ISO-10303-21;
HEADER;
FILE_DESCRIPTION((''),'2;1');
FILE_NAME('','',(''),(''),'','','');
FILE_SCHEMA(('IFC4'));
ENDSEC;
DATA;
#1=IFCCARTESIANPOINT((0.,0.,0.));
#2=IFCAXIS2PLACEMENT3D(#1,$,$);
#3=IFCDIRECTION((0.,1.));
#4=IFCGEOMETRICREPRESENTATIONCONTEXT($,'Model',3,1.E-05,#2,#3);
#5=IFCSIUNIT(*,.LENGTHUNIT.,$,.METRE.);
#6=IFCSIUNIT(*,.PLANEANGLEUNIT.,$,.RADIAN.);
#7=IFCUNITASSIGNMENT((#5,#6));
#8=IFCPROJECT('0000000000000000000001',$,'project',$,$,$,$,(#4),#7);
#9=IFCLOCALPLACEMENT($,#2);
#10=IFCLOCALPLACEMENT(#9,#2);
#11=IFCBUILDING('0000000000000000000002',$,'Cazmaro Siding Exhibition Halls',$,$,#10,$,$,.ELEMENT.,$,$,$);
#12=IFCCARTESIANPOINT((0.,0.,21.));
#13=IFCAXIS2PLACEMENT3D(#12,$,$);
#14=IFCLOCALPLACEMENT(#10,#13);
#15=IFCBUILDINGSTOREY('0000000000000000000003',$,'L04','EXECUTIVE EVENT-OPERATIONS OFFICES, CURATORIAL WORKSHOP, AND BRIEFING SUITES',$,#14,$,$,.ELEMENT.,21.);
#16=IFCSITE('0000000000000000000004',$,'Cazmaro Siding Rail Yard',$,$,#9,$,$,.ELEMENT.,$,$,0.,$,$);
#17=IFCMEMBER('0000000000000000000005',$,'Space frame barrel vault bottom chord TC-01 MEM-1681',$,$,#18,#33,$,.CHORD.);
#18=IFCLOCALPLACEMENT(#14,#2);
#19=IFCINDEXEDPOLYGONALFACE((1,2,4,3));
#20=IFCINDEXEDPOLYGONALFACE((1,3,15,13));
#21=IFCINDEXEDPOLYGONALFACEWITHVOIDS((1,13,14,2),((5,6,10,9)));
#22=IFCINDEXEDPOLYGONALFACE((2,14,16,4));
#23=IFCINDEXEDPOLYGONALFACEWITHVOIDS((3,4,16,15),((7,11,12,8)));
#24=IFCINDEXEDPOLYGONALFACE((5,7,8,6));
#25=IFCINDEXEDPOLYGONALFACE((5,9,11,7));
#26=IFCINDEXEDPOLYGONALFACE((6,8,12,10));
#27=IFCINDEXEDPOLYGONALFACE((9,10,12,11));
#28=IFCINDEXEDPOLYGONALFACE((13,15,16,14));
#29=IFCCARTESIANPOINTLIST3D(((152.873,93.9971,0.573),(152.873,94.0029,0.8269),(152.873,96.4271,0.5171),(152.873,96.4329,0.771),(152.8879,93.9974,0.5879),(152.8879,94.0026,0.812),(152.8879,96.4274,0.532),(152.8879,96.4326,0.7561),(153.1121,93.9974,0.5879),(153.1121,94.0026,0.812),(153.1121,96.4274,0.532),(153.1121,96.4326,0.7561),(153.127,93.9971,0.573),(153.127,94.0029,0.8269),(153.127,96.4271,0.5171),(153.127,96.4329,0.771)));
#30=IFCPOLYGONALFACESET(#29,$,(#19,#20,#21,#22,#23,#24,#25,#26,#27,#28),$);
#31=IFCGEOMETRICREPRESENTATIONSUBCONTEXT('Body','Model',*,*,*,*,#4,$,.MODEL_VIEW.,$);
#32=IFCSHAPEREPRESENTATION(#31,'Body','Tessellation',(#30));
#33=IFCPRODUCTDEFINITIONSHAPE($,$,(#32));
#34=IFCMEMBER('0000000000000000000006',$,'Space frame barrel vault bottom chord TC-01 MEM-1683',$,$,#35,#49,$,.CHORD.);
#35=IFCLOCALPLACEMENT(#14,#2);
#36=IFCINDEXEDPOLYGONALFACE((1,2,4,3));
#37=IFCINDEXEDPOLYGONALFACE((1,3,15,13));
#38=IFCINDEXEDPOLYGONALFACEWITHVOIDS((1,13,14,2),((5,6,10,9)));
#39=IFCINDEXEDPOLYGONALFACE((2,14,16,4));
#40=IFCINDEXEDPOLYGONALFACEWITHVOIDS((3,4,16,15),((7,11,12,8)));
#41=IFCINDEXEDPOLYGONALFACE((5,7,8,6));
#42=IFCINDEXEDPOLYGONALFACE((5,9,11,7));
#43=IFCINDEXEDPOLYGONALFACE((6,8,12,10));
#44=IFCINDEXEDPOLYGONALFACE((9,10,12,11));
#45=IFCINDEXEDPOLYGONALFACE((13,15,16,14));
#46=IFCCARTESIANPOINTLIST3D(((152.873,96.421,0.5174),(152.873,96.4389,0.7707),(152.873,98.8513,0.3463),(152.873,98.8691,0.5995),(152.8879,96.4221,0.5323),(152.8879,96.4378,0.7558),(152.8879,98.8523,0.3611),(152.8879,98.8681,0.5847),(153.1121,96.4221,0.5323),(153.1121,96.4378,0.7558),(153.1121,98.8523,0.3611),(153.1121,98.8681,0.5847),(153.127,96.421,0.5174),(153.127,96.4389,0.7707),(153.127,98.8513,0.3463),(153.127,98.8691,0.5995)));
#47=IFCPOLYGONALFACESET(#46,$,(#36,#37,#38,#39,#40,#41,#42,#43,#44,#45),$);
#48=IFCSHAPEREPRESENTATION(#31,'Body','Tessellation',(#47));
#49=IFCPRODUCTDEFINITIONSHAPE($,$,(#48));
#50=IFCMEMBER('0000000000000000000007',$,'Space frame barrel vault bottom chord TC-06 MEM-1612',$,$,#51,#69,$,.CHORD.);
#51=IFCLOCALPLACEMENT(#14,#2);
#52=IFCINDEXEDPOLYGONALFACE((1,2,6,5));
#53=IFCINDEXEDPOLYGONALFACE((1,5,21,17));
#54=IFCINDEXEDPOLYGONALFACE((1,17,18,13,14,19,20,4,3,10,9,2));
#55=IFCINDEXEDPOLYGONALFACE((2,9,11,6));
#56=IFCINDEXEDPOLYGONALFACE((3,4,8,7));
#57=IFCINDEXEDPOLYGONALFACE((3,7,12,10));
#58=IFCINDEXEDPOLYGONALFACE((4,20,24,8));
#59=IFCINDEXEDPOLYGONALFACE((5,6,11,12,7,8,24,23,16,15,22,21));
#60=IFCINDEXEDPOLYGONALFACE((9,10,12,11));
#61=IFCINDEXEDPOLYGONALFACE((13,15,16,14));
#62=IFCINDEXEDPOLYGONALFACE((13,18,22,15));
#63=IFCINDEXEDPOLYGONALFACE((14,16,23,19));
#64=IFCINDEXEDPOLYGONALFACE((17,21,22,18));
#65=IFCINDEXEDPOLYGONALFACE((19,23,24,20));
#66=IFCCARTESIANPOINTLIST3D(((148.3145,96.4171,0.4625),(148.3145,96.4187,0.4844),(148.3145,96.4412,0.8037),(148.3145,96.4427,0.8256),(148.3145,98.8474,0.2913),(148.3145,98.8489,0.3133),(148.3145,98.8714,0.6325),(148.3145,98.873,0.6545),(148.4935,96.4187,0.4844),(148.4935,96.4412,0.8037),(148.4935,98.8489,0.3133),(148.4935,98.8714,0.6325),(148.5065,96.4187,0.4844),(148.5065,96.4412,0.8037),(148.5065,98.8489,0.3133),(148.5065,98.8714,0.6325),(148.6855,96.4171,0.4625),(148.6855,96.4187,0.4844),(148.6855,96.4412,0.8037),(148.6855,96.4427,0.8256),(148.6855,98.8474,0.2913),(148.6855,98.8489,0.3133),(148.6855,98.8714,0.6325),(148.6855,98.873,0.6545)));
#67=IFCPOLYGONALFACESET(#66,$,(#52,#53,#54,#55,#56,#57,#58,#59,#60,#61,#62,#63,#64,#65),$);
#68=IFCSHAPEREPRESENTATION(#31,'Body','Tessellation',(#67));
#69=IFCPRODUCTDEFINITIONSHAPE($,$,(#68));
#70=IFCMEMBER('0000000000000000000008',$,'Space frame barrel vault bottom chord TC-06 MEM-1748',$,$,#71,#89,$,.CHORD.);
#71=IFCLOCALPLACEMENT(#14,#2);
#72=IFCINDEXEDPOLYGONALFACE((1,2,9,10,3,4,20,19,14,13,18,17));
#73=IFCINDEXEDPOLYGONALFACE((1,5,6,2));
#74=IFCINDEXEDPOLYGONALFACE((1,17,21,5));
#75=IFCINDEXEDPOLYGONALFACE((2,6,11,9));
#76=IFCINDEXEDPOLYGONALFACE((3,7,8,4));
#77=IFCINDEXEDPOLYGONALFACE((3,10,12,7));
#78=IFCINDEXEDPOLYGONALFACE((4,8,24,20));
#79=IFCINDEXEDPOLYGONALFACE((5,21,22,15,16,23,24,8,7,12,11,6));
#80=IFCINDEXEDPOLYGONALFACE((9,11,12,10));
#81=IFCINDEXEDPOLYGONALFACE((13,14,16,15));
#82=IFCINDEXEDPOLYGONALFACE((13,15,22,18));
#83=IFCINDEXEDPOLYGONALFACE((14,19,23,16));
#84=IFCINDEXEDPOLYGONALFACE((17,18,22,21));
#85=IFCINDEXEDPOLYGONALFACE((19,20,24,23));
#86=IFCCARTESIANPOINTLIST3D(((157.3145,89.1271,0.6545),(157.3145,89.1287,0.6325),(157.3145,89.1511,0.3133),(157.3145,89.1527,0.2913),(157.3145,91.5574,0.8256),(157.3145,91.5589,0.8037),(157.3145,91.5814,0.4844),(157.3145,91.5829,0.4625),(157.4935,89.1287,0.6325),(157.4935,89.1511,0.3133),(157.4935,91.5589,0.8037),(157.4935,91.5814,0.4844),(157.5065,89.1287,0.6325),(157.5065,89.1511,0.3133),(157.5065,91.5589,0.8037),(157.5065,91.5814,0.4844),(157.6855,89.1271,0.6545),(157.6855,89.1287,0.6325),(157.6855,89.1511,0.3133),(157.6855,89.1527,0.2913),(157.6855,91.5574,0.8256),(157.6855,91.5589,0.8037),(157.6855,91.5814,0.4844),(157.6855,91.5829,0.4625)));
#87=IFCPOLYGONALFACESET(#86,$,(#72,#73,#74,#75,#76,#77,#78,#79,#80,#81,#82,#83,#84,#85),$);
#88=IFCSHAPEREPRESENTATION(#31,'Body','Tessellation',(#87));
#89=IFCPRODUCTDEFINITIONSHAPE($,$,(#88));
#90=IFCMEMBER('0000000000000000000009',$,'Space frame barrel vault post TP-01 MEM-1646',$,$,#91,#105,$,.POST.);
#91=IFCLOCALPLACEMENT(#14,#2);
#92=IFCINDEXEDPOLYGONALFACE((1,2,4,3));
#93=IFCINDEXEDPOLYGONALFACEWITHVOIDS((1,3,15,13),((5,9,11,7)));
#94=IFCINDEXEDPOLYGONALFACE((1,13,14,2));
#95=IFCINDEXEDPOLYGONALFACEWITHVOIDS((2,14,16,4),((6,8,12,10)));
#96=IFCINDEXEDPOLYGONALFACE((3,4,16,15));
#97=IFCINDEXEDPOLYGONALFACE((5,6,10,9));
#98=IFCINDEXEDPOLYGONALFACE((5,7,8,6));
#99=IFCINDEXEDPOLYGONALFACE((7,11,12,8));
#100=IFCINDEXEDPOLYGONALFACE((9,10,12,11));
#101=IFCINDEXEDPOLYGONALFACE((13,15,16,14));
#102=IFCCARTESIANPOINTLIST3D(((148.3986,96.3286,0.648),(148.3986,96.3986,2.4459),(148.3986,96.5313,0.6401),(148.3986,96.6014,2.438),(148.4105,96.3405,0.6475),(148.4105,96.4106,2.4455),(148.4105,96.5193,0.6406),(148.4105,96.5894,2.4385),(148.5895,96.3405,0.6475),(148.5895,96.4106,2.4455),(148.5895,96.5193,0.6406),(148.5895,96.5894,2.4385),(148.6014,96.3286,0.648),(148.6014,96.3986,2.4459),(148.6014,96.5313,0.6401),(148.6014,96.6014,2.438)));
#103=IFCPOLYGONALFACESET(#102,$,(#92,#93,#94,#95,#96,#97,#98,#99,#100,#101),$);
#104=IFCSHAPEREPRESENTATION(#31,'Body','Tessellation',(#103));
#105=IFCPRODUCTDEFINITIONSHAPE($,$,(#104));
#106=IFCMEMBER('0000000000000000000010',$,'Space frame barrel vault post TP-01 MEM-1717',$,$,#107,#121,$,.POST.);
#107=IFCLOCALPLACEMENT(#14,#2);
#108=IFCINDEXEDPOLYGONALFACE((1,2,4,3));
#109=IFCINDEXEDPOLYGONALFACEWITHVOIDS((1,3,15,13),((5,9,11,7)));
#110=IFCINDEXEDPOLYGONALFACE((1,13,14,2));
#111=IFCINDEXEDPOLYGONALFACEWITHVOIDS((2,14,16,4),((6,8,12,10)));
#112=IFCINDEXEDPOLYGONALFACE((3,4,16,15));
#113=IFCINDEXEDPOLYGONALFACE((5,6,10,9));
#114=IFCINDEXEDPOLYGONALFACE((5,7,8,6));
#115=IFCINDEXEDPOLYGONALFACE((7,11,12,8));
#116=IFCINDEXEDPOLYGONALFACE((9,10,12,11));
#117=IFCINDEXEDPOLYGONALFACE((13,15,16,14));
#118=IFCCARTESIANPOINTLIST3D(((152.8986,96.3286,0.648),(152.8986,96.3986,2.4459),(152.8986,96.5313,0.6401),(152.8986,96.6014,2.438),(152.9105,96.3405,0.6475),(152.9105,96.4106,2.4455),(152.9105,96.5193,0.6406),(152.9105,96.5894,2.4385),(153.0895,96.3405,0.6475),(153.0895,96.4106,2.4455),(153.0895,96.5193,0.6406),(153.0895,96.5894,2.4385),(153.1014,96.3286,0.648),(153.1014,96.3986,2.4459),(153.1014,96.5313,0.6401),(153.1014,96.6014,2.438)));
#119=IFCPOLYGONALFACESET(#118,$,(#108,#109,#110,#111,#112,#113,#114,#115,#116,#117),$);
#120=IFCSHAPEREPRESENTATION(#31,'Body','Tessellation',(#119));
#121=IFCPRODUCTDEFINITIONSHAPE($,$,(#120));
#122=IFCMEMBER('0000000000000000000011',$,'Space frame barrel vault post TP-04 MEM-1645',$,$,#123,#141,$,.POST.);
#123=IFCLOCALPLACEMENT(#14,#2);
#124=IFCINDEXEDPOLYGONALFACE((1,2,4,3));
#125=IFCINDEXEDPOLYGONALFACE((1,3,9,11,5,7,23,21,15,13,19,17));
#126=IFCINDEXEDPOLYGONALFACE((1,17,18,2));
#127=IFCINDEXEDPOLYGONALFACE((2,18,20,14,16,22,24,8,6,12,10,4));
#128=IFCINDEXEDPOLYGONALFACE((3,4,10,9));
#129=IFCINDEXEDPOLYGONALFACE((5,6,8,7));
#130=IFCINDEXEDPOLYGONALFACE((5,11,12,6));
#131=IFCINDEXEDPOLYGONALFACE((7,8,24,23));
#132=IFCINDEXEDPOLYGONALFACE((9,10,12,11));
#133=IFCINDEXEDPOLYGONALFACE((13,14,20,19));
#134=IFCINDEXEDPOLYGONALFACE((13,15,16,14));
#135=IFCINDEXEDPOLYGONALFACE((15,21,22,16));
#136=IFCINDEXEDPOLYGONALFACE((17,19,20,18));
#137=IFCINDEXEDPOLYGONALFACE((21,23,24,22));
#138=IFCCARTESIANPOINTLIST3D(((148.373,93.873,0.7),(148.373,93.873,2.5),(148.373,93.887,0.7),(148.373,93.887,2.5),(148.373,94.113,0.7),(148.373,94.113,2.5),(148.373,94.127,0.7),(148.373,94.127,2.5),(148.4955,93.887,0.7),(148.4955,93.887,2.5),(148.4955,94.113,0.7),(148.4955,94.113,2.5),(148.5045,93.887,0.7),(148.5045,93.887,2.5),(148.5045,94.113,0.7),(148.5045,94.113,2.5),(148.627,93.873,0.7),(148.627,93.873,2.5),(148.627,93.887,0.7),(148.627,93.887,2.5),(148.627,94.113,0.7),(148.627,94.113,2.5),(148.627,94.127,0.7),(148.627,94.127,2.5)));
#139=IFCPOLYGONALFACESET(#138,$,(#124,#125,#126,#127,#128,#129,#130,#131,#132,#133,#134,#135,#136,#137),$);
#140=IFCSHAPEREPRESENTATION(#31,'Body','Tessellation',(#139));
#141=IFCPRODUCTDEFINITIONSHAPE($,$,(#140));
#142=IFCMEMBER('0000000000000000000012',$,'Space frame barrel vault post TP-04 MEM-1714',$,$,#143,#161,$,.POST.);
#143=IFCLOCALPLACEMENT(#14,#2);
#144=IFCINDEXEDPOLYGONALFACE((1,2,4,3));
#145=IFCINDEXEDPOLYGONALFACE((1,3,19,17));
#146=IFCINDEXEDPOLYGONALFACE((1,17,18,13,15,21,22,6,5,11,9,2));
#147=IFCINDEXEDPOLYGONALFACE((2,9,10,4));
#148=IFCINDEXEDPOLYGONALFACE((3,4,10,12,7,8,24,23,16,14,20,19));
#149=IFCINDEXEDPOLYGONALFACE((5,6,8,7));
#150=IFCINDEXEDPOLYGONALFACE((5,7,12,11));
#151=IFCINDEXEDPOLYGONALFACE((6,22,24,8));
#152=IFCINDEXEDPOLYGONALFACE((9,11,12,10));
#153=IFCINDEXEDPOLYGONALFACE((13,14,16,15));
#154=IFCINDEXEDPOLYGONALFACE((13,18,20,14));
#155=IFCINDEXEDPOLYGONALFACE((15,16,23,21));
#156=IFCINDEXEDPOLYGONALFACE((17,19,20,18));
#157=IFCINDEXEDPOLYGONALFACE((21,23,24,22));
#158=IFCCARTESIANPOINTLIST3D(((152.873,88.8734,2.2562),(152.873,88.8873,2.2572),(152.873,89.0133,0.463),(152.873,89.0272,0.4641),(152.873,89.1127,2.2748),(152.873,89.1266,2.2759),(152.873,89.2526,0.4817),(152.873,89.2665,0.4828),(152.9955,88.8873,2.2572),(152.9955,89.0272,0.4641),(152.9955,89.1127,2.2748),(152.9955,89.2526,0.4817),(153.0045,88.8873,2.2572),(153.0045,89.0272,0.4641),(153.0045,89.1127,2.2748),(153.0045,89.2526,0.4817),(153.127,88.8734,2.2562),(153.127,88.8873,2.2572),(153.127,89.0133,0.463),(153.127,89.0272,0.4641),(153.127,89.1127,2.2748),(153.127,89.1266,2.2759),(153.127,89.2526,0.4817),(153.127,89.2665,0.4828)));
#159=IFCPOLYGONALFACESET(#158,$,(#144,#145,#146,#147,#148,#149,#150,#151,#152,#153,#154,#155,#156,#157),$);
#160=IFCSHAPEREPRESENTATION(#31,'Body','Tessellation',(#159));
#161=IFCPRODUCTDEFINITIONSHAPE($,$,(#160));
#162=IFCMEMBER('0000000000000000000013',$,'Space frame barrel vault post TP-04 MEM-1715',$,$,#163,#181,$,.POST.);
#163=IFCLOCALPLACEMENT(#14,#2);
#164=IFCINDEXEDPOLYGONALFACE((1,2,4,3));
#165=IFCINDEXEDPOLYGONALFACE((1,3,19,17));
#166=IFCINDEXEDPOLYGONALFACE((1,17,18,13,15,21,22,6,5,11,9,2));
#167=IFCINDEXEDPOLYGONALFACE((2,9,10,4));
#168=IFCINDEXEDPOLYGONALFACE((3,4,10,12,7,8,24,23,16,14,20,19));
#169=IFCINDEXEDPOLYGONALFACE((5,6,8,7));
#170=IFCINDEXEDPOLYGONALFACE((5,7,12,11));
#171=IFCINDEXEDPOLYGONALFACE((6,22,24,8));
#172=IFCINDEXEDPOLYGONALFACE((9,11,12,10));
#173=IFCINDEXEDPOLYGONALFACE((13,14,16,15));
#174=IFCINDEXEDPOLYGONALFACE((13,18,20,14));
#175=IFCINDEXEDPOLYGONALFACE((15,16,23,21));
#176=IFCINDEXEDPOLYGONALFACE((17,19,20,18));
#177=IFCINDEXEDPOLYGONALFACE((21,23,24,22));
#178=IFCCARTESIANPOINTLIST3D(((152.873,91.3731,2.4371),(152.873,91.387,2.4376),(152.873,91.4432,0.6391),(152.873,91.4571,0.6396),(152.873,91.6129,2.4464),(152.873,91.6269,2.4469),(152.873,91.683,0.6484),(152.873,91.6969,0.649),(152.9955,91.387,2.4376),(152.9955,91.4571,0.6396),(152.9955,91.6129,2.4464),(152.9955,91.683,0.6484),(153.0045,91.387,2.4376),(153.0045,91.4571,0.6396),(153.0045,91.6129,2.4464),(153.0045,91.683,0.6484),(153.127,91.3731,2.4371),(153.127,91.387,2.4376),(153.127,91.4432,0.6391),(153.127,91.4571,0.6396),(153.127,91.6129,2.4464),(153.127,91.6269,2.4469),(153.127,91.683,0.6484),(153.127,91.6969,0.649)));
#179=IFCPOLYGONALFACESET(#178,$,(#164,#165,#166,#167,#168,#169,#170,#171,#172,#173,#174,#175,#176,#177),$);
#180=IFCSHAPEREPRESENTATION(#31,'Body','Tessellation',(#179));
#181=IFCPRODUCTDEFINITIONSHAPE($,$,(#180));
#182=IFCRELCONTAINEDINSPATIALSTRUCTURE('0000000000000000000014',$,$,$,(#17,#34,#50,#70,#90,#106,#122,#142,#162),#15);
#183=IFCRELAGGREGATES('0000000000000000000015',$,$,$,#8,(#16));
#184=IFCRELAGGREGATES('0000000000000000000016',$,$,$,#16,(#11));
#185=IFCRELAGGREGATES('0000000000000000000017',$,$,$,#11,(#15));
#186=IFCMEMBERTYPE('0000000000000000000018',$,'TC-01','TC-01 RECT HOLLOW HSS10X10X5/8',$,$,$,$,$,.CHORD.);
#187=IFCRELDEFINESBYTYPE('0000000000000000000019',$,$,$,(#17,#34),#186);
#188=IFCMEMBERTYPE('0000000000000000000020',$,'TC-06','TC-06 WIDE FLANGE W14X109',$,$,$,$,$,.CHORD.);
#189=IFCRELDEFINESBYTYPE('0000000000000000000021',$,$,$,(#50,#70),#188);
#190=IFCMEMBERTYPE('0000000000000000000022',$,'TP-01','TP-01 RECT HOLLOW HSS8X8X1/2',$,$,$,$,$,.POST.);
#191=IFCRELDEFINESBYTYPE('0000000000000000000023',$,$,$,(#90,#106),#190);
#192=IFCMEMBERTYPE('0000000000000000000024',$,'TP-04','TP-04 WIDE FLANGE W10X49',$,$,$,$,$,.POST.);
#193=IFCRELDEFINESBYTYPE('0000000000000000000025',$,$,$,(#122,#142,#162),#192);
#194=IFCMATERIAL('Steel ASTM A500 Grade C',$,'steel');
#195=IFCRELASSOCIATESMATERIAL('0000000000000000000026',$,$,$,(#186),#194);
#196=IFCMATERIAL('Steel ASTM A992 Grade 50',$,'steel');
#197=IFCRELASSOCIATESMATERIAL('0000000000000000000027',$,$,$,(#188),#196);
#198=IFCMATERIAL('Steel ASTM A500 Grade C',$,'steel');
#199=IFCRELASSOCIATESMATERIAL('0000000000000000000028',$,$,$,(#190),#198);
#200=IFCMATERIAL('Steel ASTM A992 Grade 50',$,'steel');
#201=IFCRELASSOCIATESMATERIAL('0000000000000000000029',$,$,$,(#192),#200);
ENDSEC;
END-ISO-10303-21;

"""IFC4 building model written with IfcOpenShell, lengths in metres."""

from ifc_helpers import new_model, si_unit, direction, frame, origin, origin_2d, place, context, subcontext, project, spatial, hollow_rectangle, i_section, extrude, material, material_profile, profile_set, type_object, element, save


model = new_model("IFC4")

# Units and contexts
model_context = context("Model", 3, precision=1e-05, world=origin(), true_north=direction((0.0, 1.0)))
body_context = subcontext(model_context, "Body", "Model", "MODEL_VIEW")
ifc_project = project(units=[si_unit("LENGTHUNIT", "METRE"), si_unit("PLANEANGLEUNIT", "RADIAN")], contexts=[model_context])

# Site, building, storey
site_placement = place(None, origin())
site = spatial("IfcSite", under=ifc_project, at=site_placement, Name="Cazmaro Siding Rail Yard", CompositionType="ELEMENT", RefElevation=0.0)
building_placement = place(site_placement, origin())
building = spatial("IfcBuilding", under=site, at=building_placement, Name="Cazmaro Siding Exhibition Halls", CompositionType="ELEMENT")
storey_placement = place(building_placement, frame((0.0, 0.0, 21.0)))
storey = spatial("IfcBuildingStorey", under=building, at=storey_placement, Name="L04", Description="EXECUTIVE EVENT-OPERATIONS OFFICES, CURATORIAL WORKSHOP, AND BRIEFING SUITES", CompositionType="ELEMENT", Elevation=21.0)

# Members
ifc_material_1 = material(Name="Steel ASTM A500 Grade C", Category="steel")
ifc_material_profile_1 = material_profile(ifc_material_1, hollow_rectangle(XDim=0.2539, YDim=0.2539, WallThickness=0.0149, at=origin_2d()), Name="HSS10X10X5/8")
ifc_profile_set_1 = profile_set([ifc_material_profile_1], Name="Steel ASTM A500 Grade C")
member_type_1 = type_object("IfcMemberType", Name="TC-01", Description="TC-01 RECT HOLLOW HSS10X10X5/8", PredefinedType="CHORD", material=ifc_profile_set_1)
for number, where, z_axis, x_axis, name in (
    (1, (153.0, 94.0, 0.7), (0.0, 0.999735, -0.023002), (-1.0, 0.0, 0.0), "Space frame barrel vault bottom chord TC-01 MEM-1681"),
):
    element("IfcMember", number, at=place(storey_placement, frame(where, z_axis=z_axis, x_axis=x_axis)), inside=storey, type_object=member_type_1, Name=name, PredefinedType="CHORD", context=body_context, shape_type="SweptSolid", body=[
        extrude(hollow_rectangle(XDim=0.2539, YDim=0.2539, WallThickness=0.0149, at=origin_2d()), origin(), (0.0, 0.0, 1.0), 2.4307),
    ])
member_1_placement = place(storey_placement, frame((153.0, 96.4299, 0.644), z_axis=(0.0, 0.997529, -0.07025), x_axis=(-1.0, 0.0, 0.0)))
element("IfcMember", 2, at=member_1_placement, inside=storey, type_object=member_type_1, Name="Space frame barrel vault bottom chord TC-01 MEM-1683", PredefinedType="CHORD", context=body_context, shape_type="SweptSolid", body=[
    extrude(hollow_rectangle(XDim=0.2539, YDim=0.2539, WallThickness=0.0149, at=origin_2d()), origin(), (0.0, 0.0, 1.0), 2.4363),
])
ifc_material_2 = material(Name="Steel ASTM A992 Grade 50", Category="steel")
ifc_material_profile_2 = material_profile(ifc_material_2, i_section(OverallWidth=0.3711, OverallDepth=0.364, WebThickness=0.0129, FlangeThickness=0.022, at=origin_2d()), Name="W14X109")
ifc_profile_set_2 = profile_set([ifc_material_profile_2], Name="Steel ASTM A992 Grade 50")
member_type_2 = type_object("IfcMemberType", Name="TC-06", Description="TC-06 WIDE FLANGE W14X109", PredefinedType="CHORD", material=ifc_profile_set_2)
for number, where, z_axis, x_axis, name in (
    (3, (148.5, 96.4299, 0.644), (0.0, 0.997529, -0.07025), (-1.0, 0.0, 0.0), "Space frame barrel vault bottom chord TC-06 MEM-1612"),
    (4, (157.5, 89.1399, 0.4729), (0.0, 0.997529, 0.07025), (-1.0, 0.0, 0.0), "Space frame barrel vault bottom chord TC-06 MEM-1748"),
):
    element("IfcMember", number, at=place(storey_placement, frame(where, z_axis=z_axis, x_axis=x_axis)), inside=storey, type_object=member_type_2, Name=name, PredefinedType="CHORD", context=body_context, shape_type="SweptSolid", body=[
        extrude(i_section(OverallWidth=0.3711, OverallDepth=0.364, WebThickness=0.0129, FlangeThickness=0.022, at=origin_2d()), origin(), (0.0, 0.0, 1.0), 2.4363),
    ])
ifc_material_3 = material(Name="Steel ASTM A500 Grade C", Category="steel")
ifc_material_profile_3 = material_profile(ifc_material_3, hollow_rectangle(XDim=0.2029, YDim=0.2029, WallThickness=0.012, at=origin_2d()), Name="HSS8X8X1/2")
ifc_profile_set_3 = profile_set([ifc_material_profile_3], Name="Steel ASTM A500 Grade C")
member_type_3 = type_object("IfcMemberType", Name="TP-01", Description="TP-01 RECT HOLLOW HSS8X8X1/2", PredefinedType="POST", material=ifc_profile_set_3)
for number, where, z_axis, x_axis, name in (
    (5, (148.5, 96.4299, 0.644), (0.0, 0.038944, 0.999241), (-1.0, 0.0, 0.0), "Space frame barrel vault post TP-01 MEM-1646"),
    (6, (153.0, 96.4299, 0.644), (0.0, 0.038944, 0.999241), (-1.0, 0.0, 0.0), "Space frame barrel vault post TP-01 MEM-1717"),
):
    element("IfcMember", number, at=place(storey_placement, frame(where, z_axis=z_axis, x_axis=x_axis)), inside=storey, type_object=member_type_3, Name=name, PredefinedType="POST", context=body_context, shape_type="SweptSolid", body=[
        extrude(hollow_rectangle(XDim=0.2029, YDim=0.2029, WallThickness=0.012, at=origin_2d()), origin(), (0.0, 0.0, 1.0), 1.7993),
    ])
ifc_material_4 = material(Name="Steel ASTM A992 Grade 50", Category="steel")
ifc_material_profile_4 = material_profile(ifc_material_4, i_section(OverallWidth=0.2539, OverallDepth=0.2539, WebThickness=0.009, FlangeThickness=0.0139, at=origin_2d()), Name="W10X49")
ifc_profile_set_4 = profile_set([ifc_material_profile_4], Name="Steel ASTM A992 Grade 50")
member_type_4 = type_object("IfcMemberType", Name="TP-04", Description="TP-04 WIDE FLANGE W10X49", PredefinedType="POST", material=ifc_profile_set_4)
member_2_placement = place(storey_placement, frame((148.5, 94.0, 0.7), z_axis=(0.0, 0.0, 1.0), x_axis=(1.0, 0.0, 0.0)))
element("IfcMember", 7, at=member_2_placement, inside=storey, type_object=member_type_4, Name="Space frame barrel vault post TP-04 MEM-1645", PredefinedType="POST", context=body_context, shape_type="SweptSolid", body=[
    extrude(i_section(OverallWidth=0.2539, OverallDepth=0.2539, WebThickness=0.009, FlangeThickness=0.0139, at=origin_2d()), origin(), (0.0, 0.0, 1.0), 1.8),
])
member_3_placement = place(storey_placement, frame((153.0, 89.1399, 0.4729), z_axis=(0.0, -0.077776, 0.996971), x_axis=(1.0, 0.0, 0.0)))
element("IfcMember", 8, at=member_3_placement, inside=storey, type_object=member_type_4, Name="Space frame barrel vault post TP-04 MEM-1714", PredefinedType="POST", context=body_context, shape_type="SweptSolid", body=[
    extrude(i_section(OverallWidth=0.2539, OverallDepth=0.2539, WebThickness=0.009, FlangeThickness=0.0139, at=origin_2d()), origin(), (0.0, 0.0, 1.0), 1.7986),
])
member_4_placement = place(storey_placement, frame((153.0, 91.5701, 0.644), z_axis=(0.0, -0.038944, 0.999241), x_axis=(1.0, 0.0, 0.0)))
element("IfcMember", 9, at=member_4_placement, inside=storey, type_object=member_type_4, Name="Space frame barrel vault post TP-04 MEM-1715", PredefinedType="POST", context=body_context, shape_type="SweptSolid", body=[
    extrude(i_section(OverallWidth=0.2539, OverallDepth=0.2539, WebThickness=0.009, FlangeThickness=0.0139, at=origin_2d()), origin(), (0.0, 0.0, 1.0), 1.7993),
])

save(model, "model.ifc")
